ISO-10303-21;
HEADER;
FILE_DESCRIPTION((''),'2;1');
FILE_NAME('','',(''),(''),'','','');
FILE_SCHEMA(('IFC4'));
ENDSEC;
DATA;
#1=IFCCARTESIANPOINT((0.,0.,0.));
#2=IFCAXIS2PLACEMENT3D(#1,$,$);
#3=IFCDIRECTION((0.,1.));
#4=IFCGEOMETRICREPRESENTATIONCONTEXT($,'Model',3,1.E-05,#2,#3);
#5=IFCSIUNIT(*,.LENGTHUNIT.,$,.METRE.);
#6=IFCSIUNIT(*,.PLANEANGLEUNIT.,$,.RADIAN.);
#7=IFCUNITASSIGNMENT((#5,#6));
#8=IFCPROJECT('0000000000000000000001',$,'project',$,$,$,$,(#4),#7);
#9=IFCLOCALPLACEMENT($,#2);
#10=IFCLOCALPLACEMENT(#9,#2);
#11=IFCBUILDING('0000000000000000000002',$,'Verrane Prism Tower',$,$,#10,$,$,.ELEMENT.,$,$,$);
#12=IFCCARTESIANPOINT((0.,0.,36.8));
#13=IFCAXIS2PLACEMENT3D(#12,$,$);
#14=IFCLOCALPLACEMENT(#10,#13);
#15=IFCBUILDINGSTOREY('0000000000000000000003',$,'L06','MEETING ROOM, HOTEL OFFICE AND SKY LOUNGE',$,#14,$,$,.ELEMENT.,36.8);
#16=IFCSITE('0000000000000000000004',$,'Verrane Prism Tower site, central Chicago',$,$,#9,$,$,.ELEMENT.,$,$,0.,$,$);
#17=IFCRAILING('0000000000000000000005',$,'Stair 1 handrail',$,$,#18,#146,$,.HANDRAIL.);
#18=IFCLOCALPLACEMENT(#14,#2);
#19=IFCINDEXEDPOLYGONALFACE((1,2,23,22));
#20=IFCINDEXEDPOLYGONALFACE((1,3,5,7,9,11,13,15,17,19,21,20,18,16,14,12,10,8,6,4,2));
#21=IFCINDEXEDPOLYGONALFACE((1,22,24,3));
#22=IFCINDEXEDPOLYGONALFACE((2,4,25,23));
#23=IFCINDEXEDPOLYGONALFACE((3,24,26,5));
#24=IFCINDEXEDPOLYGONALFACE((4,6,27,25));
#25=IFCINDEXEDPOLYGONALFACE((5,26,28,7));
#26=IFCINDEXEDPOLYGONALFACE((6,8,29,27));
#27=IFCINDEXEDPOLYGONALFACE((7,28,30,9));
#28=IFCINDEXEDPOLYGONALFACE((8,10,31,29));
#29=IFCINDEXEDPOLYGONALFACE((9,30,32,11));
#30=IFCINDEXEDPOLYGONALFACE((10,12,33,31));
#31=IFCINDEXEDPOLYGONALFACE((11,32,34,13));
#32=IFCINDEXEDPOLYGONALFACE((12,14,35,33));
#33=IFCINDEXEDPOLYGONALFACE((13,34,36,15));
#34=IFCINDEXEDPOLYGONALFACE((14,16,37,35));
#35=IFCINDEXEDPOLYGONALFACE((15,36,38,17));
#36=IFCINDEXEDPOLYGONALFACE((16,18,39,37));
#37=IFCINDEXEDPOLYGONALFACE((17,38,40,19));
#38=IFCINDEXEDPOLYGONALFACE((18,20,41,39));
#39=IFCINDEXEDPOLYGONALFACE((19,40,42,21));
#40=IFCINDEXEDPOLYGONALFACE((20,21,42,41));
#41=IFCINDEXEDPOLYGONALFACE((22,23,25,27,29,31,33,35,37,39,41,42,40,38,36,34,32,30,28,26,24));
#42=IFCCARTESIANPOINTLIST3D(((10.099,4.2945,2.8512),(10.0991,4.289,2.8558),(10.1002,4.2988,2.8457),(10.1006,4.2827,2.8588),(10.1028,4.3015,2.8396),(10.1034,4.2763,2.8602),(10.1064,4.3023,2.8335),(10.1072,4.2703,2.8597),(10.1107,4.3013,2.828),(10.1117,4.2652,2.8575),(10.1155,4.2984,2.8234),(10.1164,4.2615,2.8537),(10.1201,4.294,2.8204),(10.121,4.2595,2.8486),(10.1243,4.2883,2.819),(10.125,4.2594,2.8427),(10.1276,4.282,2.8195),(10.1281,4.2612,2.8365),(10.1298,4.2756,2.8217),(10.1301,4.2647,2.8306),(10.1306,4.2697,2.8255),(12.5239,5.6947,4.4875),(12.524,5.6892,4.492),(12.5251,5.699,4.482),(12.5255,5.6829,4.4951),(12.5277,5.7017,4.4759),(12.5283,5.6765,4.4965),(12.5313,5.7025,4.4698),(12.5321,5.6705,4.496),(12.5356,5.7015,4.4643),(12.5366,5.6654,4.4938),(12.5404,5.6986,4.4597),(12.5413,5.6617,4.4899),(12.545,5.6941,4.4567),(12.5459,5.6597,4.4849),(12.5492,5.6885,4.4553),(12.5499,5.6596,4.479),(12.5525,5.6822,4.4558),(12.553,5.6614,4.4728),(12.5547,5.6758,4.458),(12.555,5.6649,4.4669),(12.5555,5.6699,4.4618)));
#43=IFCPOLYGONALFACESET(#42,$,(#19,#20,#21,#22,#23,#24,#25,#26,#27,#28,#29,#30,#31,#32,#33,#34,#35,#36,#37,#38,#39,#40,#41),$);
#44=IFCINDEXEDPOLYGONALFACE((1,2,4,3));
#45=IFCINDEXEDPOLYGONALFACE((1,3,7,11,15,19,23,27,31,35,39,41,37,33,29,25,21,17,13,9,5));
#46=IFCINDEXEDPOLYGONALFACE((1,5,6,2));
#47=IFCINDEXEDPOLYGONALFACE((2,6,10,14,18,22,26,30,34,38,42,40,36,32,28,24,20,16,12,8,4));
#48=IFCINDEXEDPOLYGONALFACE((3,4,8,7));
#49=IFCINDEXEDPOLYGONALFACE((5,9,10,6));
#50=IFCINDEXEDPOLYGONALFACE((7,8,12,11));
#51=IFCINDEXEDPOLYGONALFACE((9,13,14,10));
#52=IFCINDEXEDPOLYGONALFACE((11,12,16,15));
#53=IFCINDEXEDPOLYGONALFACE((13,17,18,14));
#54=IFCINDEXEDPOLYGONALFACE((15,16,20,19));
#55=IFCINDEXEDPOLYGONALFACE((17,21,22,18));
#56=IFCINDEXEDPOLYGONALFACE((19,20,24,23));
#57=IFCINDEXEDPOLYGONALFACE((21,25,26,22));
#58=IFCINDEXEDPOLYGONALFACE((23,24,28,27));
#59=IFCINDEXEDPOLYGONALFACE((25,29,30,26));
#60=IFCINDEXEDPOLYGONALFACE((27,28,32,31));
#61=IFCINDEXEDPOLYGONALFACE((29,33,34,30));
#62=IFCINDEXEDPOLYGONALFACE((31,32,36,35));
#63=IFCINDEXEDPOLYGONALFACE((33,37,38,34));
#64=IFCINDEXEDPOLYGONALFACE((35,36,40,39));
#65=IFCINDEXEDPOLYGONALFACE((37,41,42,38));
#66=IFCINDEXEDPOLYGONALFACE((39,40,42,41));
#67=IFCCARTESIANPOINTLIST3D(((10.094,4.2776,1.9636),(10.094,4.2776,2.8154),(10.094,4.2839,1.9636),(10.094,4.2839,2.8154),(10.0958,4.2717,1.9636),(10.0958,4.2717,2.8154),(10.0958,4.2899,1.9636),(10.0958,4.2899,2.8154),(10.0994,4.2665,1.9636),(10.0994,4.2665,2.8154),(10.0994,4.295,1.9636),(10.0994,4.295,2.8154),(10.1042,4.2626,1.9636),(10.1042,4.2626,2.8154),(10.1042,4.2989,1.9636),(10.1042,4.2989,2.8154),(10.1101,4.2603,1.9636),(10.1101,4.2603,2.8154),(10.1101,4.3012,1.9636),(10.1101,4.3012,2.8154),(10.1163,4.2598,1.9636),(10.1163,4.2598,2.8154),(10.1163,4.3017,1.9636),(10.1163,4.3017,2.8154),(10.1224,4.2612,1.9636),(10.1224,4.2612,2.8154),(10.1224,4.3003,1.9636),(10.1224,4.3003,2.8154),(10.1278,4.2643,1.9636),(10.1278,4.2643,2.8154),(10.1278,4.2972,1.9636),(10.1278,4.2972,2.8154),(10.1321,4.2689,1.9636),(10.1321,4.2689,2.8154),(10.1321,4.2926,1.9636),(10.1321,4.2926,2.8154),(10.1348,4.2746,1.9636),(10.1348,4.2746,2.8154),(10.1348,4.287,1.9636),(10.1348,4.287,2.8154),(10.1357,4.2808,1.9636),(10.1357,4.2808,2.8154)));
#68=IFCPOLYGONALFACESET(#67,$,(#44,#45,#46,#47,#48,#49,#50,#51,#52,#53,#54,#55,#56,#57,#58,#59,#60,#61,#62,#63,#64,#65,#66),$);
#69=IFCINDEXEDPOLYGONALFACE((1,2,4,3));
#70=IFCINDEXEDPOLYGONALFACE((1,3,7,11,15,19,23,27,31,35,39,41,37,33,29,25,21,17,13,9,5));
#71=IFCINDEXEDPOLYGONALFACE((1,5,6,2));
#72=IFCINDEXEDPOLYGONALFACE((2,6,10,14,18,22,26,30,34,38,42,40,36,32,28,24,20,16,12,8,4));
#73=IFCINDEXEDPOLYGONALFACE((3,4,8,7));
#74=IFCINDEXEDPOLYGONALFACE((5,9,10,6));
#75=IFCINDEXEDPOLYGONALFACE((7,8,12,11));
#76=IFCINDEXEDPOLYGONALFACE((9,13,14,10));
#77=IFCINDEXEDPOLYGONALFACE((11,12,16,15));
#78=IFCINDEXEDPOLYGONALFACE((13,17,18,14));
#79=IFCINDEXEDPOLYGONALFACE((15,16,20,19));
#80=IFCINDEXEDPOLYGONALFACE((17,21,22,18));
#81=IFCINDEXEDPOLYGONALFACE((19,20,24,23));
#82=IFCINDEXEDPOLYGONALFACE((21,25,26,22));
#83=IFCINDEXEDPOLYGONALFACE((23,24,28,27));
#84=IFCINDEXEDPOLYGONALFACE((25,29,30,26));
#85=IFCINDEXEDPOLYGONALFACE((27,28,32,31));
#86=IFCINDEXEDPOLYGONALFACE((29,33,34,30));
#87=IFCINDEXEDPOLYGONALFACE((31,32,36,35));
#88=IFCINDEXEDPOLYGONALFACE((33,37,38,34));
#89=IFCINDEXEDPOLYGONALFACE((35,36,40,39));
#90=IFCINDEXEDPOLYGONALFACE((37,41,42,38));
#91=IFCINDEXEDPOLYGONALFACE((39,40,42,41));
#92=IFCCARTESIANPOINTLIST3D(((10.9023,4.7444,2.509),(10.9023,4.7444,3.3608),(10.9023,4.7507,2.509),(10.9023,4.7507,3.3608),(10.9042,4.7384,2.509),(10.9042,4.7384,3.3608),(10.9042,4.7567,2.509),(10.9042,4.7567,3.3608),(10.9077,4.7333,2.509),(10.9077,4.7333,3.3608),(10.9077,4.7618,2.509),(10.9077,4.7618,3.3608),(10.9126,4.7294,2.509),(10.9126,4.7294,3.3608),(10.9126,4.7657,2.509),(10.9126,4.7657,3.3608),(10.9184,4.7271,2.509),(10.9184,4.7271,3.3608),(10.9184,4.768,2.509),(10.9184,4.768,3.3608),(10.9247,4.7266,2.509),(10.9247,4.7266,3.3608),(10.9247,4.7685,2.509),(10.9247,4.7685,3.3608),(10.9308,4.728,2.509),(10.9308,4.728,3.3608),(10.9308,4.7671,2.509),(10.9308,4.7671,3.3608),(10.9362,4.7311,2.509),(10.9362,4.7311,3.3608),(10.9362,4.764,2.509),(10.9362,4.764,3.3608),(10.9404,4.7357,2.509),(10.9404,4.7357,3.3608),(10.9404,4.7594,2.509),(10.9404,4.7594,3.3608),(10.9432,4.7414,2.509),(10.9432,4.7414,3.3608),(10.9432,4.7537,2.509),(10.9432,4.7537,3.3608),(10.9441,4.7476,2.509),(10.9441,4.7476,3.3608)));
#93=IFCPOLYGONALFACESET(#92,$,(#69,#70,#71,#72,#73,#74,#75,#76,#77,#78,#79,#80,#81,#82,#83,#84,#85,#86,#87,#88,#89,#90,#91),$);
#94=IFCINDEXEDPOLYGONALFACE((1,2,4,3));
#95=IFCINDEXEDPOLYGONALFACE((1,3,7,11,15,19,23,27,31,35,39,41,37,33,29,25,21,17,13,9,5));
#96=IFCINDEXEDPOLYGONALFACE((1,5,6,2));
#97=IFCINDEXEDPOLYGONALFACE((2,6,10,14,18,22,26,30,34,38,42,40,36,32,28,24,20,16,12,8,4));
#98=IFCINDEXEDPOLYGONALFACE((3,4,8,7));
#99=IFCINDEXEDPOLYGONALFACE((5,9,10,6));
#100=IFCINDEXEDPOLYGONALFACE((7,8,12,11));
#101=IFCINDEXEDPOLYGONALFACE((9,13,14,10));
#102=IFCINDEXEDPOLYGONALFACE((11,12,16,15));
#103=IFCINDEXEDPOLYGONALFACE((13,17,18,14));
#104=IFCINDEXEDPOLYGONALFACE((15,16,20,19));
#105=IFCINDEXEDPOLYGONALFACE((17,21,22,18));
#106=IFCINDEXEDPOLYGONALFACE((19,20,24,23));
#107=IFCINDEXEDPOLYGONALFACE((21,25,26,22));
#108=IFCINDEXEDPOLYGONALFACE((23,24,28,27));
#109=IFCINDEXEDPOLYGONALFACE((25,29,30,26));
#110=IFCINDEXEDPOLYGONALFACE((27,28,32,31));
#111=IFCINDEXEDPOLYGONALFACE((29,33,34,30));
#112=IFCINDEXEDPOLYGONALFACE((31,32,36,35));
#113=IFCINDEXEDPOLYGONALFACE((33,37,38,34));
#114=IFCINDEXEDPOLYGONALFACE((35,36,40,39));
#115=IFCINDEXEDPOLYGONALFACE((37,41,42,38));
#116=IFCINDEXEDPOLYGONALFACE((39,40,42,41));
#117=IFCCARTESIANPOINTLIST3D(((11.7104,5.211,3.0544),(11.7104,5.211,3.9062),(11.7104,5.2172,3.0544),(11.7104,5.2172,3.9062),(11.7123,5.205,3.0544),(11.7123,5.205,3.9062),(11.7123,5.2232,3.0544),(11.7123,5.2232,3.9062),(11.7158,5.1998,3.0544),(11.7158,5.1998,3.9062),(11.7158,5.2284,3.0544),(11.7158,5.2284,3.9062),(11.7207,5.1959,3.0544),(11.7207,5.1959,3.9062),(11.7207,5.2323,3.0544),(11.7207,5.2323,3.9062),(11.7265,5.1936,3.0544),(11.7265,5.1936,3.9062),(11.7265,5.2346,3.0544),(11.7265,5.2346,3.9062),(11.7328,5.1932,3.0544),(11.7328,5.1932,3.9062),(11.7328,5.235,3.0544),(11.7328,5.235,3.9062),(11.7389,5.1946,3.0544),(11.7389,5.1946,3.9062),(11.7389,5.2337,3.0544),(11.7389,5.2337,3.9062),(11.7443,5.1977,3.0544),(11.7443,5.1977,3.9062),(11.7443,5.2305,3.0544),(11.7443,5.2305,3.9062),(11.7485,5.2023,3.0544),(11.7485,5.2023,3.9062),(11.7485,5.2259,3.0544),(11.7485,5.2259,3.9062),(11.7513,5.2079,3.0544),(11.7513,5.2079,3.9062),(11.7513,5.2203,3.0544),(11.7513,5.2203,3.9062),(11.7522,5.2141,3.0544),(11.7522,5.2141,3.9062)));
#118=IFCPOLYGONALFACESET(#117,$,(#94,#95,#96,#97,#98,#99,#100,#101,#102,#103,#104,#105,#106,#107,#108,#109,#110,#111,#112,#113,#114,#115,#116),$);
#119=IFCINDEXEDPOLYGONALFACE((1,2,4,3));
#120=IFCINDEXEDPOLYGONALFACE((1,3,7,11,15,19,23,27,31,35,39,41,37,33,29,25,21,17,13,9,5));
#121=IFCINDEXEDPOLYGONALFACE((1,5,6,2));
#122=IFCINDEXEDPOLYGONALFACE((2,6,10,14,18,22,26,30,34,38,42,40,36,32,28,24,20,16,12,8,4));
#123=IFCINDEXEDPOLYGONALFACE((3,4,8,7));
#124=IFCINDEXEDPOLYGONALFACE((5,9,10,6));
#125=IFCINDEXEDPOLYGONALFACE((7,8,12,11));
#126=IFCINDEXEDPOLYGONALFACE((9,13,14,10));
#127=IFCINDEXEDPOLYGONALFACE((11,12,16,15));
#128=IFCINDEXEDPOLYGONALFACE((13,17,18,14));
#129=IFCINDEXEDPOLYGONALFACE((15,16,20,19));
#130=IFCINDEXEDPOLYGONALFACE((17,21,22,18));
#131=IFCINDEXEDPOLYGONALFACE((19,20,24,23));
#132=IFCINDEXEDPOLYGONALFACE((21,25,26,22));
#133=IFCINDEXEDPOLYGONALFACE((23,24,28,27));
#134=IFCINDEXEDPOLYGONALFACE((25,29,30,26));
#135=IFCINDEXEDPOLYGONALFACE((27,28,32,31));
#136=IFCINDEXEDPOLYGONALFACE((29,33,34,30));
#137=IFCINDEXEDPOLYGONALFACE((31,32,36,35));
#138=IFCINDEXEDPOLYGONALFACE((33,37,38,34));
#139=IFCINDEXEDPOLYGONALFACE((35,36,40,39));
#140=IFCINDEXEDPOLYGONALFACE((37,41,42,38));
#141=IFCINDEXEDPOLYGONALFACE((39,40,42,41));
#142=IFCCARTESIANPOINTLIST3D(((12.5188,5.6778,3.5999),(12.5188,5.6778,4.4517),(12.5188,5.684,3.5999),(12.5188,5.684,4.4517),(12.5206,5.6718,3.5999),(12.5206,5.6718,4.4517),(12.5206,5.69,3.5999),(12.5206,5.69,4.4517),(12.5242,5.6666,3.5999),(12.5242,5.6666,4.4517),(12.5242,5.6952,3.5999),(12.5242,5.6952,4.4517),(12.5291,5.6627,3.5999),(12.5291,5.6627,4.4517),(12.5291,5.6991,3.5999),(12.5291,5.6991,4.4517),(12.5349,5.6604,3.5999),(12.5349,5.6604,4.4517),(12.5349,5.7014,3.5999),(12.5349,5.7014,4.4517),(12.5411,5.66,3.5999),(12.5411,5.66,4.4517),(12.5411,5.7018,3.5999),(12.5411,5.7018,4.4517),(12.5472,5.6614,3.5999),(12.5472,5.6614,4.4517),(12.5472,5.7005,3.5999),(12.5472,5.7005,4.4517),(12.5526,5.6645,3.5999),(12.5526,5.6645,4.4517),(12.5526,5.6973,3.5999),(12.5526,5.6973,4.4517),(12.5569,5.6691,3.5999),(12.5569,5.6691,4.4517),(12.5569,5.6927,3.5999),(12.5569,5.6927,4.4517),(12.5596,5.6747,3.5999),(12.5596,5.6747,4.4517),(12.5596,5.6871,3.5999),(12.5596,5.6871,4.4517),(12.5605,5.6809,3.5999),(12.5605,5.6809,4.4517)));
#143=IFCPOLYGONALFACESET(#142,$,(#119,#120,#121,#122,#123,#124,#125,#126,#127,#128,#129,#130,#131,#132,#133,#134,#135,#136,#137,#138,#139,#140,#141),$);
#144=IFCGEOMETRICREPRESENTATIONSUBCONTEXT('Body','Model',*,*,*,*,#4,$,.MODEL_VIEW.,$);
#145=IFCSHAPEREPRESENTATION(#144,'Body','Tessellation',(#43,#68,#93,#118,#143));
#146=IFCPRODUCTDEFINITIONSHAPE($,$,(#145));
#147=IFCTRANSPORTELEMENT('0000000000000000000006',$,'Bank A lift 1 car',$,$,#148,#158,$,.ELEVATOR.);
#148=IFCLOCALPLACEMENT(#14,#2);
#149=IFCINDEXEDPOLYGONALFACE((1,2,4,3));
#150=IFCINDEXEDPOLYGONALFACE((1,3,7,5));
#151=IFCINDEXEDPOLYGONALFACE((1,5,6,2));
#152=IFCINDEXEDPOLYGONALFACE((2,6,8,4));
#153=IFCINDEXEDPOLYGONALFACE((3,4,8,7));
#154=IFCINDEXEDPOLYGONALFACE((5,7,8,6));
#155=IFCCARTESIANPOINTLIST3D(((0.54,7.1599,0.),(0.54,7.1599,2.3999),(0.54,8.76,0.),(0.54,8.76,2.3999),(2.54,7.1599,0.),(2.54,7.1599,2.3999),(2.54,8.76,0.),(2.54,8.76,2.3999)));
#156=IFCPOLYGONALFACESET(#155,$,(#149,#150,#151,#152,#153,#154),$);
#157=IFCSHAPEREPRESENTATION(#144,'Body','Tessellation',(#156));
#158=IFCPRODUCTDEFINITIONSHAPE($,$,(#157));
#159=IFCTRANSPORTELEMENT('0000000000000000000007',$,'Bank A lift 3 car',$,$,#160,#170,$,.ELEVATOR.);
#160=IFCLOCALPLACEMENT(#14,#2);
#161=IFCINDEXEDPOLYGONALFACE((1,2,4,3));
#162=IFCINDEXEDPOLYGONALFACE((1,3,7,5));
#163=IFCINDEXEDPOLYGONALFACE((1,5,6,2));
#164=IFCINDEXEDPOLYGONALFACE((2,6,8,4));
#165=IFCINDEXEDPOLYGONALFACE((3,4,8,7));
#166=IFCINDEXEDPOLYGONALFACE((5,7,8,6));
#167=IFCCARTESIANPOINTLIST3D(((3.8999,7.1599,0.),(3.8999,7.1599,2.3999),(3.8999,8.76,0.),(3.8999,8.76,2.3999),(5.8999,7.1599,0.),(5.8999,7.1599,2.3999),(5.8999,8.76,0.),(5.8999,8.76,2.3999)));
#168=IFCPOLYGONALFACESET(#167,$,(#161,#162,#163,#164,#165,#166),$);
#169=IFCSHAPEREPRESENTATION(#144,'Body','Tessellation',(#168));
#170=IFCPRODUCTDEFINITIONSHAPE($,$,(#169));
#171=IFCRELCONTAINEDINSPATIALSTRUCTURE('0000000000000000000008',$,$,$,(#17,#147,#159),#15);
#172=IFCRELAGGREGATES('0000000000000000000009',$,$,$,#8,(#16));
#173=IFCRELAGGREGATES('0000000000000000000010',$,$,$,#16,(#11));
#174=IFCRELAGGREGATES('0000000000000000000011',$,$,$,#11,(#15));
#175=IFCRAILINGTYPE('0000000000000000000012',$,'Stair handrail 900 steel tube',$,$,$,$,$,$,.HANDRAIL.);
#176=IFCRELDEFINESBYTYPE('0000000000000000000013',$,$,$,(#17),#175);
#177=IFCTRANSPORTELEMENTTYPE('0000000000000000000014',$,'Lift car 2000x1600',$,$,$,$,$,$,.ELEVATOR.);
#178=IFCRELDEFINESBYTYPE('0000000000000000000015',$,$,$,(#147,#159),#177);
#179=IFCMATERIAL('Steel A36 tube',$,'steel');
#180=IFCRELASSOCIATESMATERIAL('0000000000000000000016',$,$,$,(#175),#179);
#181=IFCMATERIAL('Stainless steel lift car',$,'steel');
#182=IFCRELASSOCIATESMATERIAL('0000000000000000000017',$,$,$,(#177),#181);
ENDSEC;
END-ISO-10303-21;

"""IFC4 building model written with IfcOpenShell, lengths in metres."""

from ifc_helpers import new_model, si_unit, direction, frame, origin, origin_2d, place, context, subcontext, project, spatial, rectangle, circle, extrude, material, type_object, element, save


model = new_model("IFC4")

# Units and contexts
model_context = context("Model", 3, precision=1e-05, world=origin(), true_north=direction((0.0, 1.0)))
body_context = subcontext(model_context, "Body", "Model", "MODEL_VIEW")
ifc_project = project(units=[si_unit("LENGTHUNIT", "METRE"), si_unit("PLANEANGLEUNIT", "RADIAN")], contexts=[model_context])

# Site, building, storey
site_placement = place(None, origin())
site = spatial("IfcSite", under=ifc_project, at=site_placement, Name="Verrane Prism Tower site, central Chicago", CompositionType="ELEMENT", RefElevation=0.0)
building_placement = place(site_placement, origin())
building = spatial("IfcBuilding", under=site, at=building_placement, Name="Verrane Prism Tower", CompositionType="ELEMENT")
storey_placement = place(building_placement, frame((0.0, 0.0, 36.8)))
storey = spatial("IfcBuildingStorey", under=building, at=storey_placement, Name="L06", Description="MEETING ROOM, HOTEL OFFICE AND SKY LOUNGE", CompositionType="ELEMENT", Elevation=36.8)

# Railing
ifc_material_1 = material(Name="Steel A36 tube", Category="steel")
railing_type_1 = type_object("IfcRailingType", Name="Stair handrail 900 steel tube", PredefinedType="HANDRAIL", material=ifc_material_1)
railing_1_placement = place(storey_placement, frame((10.1147, 4.2808, 1.9636)))
element("IfcRailing", 1, at=railing_1_placement, inside=storey, type_object=railing_type_1, Name="Stair 1 handrail", PredefinedType="HANDRAIL", context=body_context, shape_type="SweptSolid", body=[
    extrude(circle(Radius=0.0239, at=origin_2d()), frame((0.0, 0.0, 0.876), z_axis=(0.747694, 0.431738, 0.504535), x_axis=(-0.50005, 0.865997, 0.0)), (0.0, 0.0, 1.0), 3.2432),
    extrude(circle(Radius=0.021, at=origin_2d()), origin(), (0.0, 0.0, 1.0), 0.8518),
    extrude(circle(Radius=0.021, at=origin_2d()), frame((0.8083, 0.4668, 0.5454)), (0.0, 0.0, 1.0), 0.8518),
    extrude(circle(Radius=0.021, at=origin_2d()), frame((1.6165, 0.9333, 1.0908)), (0.0, 0.0, 1.0), 0.8518),
    extrude(circle(Radius=0.021, at=origin_2d()), frame((2.4248, 1.4001, 1.6362)), (0.0, 0.0, 1.0), 0.8518),
])

# Transport elements
ifc_material_2 = material(Name="Stainless steel lift car", Category="steel")
transport_element_type = type_object("IfcTransportElementType", Name="Lift car 2000x1600", PredefinedType="ELEVATOR", material=ifc_material_2)
for number, where, z_axis, x_axis, name in (
    (2, (1.54, 7.96, 0.0), (0.0, 0.0, 1.0), (-1.0, 0.0, 0.0), "Bank A lift 1 car"),
    (3, (4.8999, 7.96, 0.0), (0.0, 0.0, 1.0), (-1.0, 0.0, 0.0), "Bank A lift 3 car"),
):
    element("IfcTransportElement", number, at=place(storey_placement, frame(where, z_axis=z_axis, x_axis=x_axis)), inside=storey, type_object=transport_element_type, Name=name, PredefinedType="ELEVATOR", context=body_context, shape_type="SweptSolid", body=[
        extrude(rectangle(XDim=2.0, YDim=1.6001, at=origin_2d()), origin(), (0.0, 0.0, 1.0), 2.3999),
    ])

save(model, "model.ifc")
